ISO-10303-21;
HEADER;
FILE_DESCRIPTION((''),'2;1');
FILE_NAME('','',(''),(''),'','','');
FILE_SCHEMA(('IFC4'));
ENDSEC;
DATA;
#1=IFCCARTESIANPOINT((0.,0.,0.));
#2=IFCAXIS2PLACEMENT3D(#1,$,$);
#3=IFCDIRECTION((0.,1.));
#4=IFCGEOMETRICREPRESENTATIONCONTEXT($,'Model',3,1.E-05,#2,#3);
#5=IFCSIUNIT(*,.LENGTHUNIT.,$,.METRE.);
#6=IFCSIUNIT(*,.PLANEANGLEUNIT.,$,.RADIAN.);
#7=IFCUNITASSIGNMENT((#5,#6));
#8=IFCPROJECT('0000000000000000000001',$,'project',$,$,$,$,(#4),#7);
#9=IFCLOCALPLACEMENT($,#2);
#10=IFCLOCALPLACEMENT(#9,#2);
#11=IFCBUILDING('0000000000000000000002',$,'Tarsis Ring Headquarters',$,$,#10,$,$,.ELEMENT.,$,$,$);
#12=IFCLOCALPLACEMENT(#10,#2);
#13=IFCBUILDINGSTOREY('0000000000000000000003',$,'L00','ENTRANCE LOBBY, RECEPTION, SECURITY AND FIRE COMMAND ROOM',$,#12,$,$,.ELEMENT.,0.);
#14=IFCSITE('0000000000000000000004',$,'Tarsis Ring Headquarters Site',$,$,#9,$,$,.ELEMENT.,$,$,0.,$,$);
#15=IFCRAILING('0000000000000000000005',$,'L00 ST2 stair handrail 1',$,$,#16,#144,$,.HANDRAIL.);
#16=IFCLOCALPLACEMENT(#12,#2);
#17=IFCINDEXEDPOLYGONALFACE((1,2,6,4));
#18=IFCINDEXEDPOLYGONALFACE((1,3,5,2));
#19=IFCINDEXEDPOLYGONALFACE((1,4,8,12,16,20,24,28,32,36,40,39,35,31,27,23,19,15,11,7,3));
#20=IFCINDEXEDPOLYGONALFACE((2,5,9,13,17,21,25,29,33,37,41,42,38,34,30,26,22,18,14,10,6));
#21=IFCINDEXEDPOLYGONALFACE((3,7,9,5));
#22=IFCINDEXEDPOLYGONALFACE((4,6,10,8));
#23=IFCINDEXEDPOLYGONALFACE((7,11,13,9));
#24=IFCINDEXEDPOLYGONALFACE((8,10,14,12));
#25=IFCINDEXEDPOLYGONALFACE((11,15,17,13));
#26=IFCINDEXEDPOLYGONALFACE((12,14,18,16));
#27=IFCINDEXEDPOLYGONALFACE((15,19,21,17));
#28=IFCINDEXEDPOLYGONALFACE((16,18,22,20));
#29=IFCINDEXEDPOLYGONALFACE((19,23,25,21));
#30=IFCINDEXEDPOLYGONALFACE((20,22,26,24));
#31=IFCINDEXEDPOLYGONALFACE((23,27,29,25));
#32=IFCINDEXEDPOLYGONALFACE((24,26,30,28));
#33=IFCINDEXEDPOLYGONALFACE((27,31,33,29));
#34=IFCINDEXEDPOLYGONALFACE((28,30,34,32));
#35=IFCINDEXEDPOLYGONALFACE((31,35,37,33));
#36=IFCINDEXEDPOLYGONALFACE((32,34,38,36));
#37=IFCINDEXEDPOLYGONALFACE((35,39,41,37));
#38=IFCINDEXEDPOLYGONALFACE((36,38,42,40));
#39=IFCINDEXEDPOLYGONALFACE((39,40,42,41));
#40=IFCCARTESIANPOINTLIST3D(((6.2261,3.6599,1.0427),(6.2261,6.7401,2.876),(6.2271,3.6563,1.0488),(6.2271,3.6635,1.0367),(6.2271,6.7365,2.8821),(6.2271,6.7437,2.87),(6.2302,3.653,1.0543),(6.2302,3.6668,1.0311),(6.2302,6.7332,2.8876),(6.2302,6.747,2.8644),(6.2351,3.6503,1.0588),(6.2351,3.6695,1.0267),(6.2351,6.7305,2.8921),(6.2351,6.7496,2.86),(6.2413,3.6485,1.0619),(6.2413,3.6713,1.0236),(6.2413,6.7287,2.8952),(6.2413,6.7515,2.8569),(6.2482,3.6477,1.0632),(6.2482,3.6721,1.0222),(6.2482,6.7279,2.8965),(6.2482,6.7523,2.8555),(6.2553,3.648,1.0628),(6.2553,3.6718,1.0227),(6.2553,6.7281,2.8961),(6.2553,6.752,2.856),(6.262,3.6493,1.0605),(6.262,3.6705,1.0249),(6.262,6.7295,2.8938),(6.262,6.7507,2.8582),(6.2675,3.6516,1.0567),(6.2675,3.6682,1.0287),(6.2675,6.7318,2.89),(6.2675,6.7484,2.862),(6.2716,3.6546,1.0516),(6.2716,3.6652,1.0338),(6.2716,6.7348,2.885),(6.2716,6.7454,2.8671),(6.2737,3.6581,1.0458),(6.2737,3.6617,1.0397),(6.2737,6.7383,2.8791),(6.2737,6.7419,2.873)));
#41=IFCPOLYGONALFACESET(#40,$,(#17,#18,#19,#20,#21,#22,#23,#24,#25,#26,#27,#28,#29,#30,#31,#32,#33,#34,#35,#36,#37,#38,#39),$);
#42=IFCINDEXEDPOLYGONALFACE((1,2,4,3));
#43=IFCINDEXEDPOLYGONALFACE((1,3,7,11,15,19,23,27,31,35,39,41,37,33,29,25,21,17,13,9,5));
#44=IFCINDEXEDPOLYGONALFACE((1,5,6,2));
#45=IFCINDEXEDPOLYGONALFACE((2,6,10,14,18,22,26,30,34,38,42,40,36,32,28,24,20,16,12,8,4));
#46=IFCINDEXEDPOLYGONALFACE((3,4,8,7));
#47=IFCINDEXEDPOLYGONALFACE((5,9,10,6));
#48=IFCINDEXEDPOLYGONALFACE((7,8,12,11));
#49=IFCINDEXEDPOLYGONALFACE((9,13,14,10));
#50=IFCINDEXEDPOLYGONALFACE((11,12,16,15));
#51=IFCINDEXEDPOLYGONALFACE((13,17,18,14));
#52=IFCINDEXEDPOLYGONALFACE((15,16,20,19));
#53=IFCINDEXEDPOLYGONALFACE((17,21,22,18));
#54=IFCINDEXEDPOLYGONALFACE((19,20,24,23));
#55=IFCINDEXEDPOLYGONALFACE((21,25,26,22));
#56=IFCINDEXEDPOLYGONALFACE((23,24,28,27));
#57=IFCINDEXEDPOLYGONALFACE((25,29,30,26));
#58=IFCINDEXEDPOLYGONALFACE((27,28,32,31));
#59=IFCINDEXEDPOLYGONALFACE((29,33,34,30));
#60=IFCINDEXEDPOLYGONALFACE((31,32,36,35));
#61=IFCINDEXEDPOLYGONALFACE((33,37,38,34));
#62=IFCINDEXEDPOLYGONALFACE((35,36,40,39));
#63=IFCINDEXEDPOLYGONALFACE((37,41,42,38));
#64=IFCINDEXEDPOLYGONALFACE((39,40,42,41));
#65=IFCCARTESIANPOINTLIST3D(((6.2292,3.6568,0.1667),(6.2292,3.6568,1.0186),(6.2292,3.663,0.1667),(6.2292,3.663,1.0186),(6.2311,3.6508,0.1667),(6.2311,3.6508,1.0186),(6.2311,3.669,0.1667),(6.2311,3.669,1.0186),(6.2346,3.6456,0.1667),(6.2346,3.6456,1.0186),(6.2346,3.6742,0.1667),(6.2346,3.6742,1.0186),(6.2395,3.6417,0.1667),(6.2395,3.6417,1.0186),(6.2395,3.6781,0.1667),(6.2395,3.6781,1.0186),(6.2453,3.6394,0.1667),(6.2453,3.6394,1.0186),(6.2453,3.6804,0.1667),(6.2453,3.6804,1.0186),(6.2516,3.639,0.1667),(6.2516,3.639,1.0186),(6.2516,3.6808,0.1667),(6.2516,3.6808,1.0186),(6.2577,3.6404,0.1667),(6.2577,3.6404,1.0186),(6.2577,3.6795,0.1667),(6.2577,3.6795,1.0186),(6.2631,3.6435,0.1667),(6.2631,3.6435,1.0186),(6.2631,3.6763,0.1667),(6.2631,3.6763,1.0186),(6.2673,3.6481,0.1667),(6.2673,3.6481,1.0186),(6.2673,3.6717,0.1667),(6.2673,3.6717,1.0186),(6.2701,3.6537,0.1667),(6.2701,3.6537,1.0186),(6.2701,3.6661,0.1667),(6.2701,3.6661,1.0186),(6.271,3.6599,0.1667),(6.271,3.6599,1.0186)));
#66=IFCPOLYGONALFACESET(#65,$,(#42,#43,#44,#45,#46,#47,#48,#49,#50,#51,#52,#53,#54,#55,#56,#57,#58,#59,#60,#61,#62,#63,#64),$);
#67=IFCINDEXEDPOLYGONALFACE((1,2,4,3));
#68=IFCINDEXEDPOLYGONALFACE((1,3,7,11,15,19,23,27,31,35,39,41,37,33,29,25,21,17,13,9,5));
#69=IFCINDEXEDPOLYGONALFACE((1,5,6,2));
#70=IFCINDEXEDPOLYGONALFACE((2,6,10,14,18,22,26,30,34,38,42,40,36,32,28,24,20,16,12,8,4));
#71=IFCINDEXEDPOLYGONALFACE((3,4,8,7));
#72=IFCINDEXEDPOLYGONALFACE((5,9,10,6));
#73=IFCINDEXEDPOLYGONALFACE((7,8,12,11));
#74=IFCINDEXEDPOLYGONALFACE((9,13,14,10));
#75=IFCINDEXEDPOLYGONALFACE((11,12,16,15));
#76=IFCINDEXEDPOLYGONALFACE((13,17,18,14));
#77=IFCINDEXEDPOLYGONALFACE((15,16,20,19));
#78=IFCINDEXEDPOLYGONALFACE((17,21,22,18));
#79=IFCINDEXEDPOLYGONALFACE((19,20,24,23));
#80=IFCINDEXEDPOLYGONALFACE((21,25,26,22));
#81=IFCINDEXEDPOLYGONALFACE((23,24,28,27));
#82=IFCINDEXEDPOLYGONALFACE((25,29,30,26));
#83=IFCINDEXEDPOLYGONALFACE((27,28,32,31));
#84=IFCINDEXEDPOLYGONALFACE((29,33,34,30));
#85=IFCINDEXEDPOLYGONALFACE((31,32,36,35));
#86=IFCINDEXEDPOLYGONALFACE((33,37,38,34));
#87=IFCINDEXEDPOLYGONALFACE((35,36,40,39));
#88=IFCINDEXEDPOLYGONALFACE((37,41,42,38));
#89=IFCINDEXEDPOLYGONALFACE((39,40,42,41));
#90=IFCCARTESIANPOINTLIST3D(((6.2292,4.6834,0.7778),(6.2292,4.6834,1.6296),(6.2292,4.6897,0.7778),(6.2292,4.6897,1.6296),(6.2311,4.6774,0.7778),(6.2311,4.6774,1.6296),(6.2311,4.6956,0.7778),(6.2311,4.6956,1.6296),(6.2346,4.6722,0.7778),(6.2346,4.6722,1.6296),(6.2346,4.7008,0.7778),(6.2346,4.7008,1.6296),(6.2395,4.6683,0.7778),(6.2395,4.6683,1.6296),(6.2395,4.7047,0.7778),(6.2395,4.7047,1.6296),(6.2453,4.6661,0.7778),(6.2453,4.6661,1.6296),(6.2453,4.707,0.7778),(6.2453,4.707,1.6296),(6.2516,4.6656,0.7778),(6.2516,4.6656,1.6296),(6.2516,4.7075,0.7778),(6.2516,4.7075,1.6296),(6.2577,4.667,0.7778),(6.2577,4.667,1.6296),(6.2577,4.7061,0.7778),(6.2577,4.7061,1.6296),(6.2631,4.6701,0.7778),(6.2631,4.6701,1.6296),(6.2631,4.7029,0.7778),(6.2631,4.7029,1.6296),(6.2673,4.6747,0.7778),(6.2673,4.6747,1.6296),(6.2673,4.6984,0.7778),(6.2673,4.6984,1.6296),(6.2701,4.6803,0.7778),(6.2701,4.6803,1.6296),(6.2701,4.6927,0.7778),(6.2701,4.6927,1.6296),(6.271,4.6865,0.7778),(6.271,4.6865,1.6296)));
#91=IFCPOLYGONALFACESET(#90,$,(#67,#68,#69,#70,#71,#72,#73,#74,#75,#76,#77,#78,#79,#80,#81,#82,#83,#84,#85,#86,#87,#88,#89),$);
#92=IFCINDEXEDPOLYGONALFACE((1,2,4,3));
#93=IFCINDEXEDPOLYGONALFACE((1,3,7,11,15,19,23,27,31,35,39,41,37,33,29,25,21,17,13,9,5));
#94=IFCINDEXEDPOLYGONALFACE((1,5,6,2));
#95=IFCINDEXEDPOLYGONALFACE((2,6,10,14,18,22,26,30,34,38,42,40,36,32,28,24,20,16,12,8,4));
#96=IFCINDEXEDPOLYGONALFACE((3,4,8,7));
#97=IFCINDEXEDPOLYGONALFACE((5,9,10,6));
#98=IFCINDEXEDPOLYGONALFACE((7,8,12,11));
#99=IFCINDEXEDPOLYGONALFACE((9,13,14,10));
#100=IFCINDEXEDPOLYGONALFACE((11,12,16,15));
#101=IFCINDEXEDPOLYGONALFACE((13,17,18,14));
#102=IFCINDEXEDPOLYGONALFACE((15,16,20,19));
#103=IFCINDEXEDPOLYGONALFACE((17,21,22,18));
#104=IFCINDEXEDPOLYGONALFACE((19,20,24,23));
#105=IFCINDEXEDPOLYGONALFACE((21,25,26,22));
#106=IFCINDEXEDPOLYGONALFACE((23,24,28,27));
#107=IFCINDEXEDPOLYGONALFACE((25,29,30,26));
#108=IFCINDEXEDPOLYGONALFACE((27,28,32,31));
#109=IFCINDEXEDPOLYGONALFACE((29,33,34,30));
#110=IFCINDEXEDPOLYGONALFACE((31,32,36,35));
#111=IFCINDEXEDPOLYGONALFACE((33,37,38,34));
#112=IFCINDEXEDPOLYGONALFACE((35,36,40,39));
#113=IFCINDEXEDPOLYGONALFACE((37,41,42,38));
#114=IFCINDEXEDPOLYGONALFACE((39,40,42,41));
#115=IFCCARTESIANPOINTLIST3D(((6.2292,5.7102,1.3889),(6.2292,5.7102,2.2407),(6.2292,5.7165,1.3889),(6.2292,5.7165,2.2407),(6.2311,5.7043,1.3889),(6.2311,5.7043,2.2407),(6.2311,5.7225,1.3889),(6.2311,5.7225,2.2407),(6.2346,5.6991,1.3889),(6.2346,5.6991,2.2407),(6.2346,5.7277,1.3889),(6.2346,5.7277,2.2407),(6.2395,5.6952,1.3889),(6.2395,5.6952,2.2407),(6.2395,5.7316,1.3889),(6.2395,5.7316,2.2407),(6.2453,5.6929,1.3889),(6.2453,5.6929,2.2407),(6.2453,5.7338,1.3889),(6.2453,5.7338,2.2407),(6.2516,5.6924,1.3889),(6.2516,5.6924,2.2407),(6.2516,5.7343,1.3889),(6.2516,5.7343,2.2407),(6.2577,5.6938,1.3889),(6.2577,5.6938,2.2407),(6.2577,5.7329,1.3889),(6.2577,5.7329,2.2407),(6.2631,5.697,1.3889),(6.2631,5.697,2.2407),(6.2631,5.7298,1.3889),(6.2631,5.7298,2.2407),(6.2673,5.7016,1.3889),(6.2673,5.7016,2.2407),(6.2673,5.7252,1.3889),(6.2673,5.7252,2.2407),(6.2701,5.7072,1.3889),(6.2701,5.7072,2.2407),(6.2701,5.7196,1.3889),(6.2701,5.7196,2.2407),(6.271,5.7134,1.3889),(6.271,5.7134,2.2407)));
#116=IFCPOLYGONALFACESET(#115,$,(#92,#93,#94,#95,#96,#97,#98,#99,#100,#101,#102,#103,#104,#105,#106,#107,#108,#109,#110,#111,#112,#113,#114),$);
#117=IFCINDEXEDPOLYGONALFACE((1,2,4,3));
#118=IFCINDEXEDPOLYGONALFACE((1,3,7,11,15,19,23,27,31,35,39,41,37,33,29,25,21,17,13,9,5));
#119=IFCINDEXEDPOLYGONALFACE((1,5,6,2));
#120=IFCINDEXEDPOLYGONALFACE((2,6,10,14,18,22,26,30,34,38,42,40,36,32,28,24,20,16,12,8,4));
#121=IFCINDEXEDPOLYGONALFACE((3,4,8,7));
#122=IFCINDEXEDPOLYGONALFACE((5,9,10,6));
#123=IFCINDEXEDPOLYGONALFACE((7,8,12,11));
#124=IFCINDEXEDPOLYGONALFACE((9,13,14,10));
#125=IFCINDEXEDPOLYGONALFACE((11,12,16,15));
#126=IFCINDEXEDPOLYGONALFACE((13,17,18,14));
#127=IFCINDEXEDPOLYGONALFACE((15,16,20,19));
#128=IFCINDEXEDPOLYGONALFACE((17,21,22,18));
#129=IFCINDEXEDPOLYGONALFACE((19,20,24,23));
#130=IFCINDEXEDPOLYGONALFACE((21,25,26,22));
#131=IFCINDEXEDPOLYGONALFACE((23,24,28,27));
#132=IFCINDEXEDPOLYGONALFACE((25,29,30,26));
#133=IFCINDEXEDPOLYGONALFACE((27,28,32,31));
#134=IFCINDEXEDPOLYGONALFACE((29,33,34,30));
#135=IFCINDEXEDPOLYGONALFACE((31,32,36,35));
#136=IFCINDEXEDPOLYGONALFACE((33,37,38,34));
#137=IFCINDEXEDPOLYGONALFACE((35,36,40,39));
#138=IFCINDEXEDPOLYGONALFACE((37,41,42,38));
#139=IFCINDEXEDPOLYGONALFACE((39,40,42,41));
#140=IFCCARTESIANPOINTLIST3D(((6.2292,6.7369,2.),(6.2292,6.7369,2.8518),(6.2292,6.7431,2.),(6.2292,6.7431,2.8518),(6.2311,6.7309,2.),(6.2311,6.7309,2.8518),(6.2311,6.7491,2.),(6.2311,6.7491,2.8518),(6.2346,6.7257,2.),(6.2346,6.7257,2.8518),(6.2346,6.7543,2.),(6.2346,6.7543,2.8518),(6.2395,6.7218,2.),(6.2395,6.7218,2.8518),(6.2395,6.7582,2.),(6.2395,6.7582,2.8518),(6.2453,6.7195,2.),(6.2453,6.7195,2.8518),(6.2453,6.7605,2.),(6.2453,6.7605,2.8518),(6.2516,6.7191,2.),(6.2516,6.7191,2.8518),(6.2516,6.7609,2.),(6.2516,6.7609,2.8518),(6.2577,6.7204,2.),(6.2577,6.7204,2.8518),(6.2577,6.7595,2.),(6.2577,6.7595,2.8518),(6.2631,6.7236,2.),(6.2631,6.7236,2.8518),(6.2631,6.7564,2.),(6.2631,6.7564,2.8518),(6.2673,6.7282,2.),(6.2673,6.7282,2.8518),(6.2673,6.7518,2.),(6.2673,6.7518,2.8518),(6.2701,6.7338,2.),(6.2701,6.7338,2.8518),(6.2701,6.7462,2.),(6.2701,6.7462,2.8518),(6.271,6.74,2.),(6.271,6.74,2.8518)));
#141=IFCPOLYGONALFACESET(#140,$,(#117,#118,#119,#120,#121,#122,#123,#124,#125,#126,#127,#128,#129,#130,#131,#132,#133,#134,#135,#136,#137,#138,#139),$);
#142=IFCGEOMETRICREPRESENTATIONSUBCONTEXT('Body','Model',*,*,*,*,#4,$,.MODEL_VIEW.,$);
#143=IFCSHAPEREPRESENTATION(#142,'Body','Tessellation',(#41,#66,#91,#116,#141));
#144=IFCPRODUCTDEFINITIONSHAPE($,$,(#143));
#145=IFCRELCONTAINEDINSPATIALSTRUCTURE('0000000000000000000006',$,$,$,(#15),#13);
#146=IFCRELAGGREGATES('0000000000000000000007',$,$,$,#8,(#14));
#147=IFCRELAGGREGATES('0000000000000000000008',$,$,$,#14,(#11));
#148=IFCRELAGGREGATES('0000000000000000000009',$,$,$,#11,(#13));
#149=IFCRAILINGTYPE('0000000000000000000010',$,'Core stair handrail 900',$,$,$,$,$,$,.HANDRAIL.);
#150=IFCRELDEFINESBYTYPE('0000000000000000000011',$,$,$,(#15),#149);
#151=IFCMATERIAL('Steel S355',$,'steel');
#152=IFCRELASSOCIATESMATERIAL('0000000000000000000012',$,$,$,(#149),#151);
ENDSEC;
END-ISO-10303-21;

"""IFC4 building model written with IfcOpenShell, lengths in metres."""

from ifc_helpers import new_model, si_unit, direction, frame, origin, origin_2d, place, context, subcontext, project, spatial, circle, extrude, material, type_object, element, save


model = new_model("IFC4")

# Units and contexts
model_context = context("Model", 3, precision=1e-05, world=origin(), true_north=direction((0.0, 1.0)))
body_context = subcontext(model_context, "Body", "Model", "MODEL_VIEW")
ifc_project = project(units=[si_unit("LENGTHUNIT", "METRE"), si_unit("PLANEANGLEUNIT", "RADIAN")], contexts=[model_context])

# Site, building, storey
site_placement = place(None, origin())
site = spatial("IfcSite", under=ifc_project, at=site_placement, Name="Tarsis Ring Headquarters Site", CompositionType="ELEMENT", RefElevation=0.0)
building_placement = place(site_placement, origin())
building = spatial("IfcBuilding", under=site, at=building_placement, Name="Tarsis Ring Headquarters", CompositionType="ELEMENT")
storey_placement = place(building_placement, origin())
storey = spatial("IfcBuildingStorey", under=building, at=storey_placement, Name="L00", Description="ENTRANCE LOBBY, RECEPTION, SECURITY AND FIRE COMMAND ROOM", CompositionType="ELEMENT", Elevation=0.0)

# Railing
ifc_material_1 = material(Name="Steel S355", Category="steel")
railing_type_1 = type_object("IfcRailingType", Name="Core stair handrail 900", PredefinedType="HANDRAIL", material=ifc_material_1)
for number, where, name in (
    (1, (6.25, 3.6599, 0.1667), "L00 ST2 stair handrail 1"),
):
    element("IfcRailing", number, at=place(storey_placement, frame(where)), inside=storey, type_object=railing_type_1, Name=name, PredefinedType="HANDRAIL", context=body_context, shape_type="SweptSolid", body=[
        extrude(circle(Radius=0.0239, at=origin_2d()), frame((0.0, 0.0, 0.876), z_axis=(0.0, 0.859309, 0.511458), x_axis=(-1.0, 0.0, 0.0)), (0.0, 0.0, 1.0), 3.5845),
        extrude(circle(Radius=0.021, at=origin_2d()), origin(), (0.0, 0.0, 1.0), 0.8518),
        extrude(circle(Radius=0.021, at=origin_2d()), frame((0.0, 1.0266, 0.6111)), (0.0, 0.0, 1.0), 0.8518),
        extrude(circle(Radius=0.021, at=origin_2d()), frame((0.0, 2.0535, 1.2222)), (0.0, 0.0, 1.0), 0.8518),
        extrude(circle(Radius=0.021, at=origin_2d()), frame((0.0, 3.0801, 1.8333)), (0.0, 0.0, 1.0), 0.8518),
    ])

save(model, "model.ifc")
